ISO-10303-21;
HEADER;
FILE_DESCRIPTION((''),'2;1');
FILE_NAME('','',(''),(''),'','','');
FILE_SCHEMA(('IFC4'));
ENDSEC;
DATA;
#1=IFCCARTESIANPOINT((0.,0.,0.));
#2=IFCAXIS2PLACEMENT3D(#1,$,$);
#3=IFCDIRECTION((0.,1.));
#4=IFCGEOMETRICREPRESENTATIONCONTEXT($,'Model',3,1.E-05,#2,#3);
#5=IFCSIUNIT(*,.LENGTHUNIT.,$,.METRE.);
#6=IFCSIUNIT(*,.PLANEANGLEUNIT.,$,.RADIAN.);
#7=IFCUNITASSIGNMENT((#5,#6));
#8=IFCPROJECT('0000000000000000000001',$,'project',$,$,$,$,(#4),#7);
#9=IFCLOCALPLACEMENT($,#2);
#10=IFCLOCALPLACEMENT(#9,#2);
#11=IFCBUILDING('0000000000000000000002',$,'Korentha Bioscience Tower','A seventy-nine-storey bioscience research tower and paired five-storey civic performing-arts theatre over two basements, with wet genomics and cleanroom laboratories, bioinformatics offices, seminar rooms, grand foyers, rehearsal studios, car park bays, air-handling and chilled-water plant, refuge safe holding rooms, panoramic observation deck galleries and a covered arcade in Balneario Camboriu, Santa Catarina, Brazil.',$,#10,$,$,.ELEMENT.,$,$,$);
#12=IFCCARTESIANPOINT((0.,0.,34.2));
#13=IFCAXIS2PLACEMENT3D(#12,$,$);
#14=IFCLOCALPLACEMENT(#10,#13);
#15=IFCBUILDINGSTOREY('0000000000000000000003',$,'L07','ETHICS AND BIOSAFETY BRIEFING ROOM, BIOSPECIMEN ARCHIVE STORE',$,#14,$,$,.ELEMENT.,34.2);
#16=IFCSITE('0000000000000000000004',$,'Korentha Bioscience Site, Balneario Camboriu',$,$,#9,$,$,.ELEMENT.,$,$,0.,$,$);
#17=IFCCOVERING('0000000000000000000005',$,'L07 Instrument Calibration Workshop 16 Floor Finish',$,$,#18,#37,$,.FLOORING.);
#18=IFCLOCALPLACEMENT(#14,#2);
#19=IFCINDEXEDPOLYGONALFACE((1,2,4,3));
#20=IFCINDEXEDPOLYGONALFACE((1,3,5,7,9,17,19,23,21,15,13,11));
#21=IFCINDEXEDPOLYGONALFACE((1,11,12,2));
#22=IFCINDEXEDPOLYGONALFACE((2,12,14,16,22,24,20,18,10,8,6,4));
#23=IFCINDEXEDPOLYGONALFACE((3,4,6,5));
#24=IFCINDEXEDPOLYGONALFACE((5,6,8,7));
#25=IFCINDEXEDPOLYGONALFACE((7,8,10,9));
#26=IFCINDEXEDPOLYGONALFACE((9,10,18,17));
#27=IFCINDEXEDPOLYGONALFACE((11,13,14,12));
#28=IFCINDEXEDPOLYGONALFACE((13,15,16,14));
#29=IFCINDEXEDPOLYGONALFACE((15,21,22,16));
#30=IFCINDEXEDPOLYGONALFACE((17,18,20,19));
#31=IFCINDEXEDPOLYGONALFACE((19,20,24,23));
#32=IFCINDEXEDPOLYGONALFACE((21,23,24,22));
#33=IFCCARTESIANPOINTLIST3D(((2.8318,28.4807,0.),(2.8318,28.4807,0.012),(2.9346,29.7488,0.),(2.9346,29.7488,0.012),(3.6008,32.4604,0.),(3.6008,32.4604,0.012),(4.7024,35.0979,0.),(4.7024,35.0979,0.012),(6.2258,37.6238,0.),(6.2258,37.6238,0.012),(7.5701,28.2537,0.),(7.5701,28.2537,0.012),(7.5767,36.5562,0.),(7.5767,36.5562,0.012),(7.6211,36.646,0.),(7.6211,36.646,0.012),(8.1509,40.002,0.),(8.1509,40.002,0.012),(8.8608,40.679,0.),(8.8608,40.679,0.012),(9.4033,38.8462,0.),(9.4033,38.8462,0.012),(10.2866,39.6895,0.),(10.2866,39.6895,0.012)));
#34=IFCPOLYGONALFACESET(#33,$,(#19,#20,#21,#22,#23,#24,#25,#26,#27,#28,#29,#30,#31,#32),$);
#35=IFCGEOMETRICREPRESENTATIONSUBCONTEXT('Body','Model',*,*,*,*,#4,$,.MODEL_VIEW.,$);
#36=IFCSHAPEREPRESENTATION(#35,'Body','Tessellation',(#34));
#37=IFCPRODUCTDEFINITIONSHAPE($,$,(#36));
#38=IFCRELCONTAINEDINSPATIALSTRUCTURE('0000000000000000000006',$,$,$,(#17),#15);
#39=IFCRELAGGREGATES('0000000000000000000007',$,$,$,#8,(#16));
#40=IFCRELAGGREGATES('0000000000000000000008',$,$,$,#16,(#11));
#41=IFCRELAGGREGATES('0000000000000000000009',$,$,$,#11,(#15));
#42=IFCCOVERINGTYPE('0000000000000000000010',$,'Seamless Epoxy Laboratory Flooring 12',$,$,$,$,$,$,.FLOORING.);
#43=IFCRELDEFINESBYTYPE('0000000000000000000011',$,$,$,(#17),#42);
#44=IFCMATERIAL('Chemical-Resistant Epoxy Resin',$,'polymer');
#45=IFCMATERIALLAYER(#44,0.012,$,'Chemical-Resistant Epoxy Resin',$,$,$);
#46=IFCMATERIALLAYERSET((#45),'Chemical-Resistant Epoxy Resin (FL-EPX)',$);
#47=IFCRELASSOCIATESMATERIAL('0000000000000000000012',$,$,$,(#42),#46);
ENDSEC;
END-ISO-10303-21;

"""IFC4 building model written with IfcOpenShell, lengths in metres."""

from ifc_helpers import new_model, si_unit, direction, frame, origin, place, context, subcontext, project, spatial, polyline, outline, extrude, material, layer, layer_set, type_object, element, save


model = new_model("IFC4")

# Units and contexts
model_context = context("Model", 3, precision=1e-05, world=origin(), true_north=direction((0.0, 1.0)))
body_context = subcontext(model_context, "Body", "Model", "MODEL_VIEW")
ifc_project = project(units=[si_unit("LENGTHUNIT", "METRE"), si_unit("PLANEANGLEUNIT", "RADIAN")], contexts=[model_context])

# Site, building, storey
site_placement = place(None, origin())
site = spatial("IfcSite", under=ifc_project, at=site_placement, Name="Korentha Bioscience Site, Balneario Camboriu", CompositionType="ELEMENT", RefElevation=0.0)
building_placement = place(site_placement, origin())
building = spatial("IfcBuilding", under=site, at=building_placement, Name="Korentha Bioscience Tower", Description="A seventy-nine-storey bioscience research tower and paired five-storey civic performing-arts theatre over two basements, with wet genomics and cleanroom laboratories, bioinformatics offices, seminar rooms, grand foyers, rehearsal studios, car park bays, air-handling and chilled-water plant, refuge safe holding rooms, panoramic observation deck galleries and a covered arcade in Balneario Camboriu, Santa Catarina, Brazil.", CompositionType="ELEMENT")
storey_placement = place(building_placement, frame((0.0, 0.0, 34.2)))
storey = spatial("IfcBuildingStorey", under=building, at=storey_placement, Name="L07", Description="ETHICS AND BIOSAFETY BRIEFING ROOM, BIOSPECIMEN ARCHIVE STORE", CompositionType="ELEMENT", Elevation=34.2)

# Covering
ifc_material_1 = material(Name="Chemical-Resistant Epoxy Resin", Category="polymer")
ifc_layer_1 = layer(ifc_material_1, 0.012, Name="Chemical-Resistant Epoxy Resin")
ifc_layer_set_1 = layer_set([ifc_layer_1], Name="Chemical-Resistant Epoxy Resin (FL-EPX)")
covering_type_1 = type_object("IfcCoveringType", Name="Seamless Epoxy Laboratory Flooring 12", PredefinedType="FLOORING", material=ifc_layer_set_1)
covering_1_placement = place(storey_placement, origin())
element("IfcCovering", 1, at=covering_1_placement, inside=storey, type_object=covering_type_1, Name="L07 Instrument Calibration Workshop 16 Floor Finish", PredefinedType="FLOORING", context=body_context, shape_type="SweptSolid", body=[
    extrude(outline(polyline([(3.6008, 32.4604), (4.7024, 35.0979), (6.2258, 37.6238), (8.1509, 40.002), (8.8608, 40.679), (10.2866, 39.6895), (9.4033, 38.8462), (7.6211, 36.646), (7.5767, 36.5562), (7.5701, 28.2537), (2.8318, 28.4807), (2.9346, 29.7488), (3.6008, 32.4604)])), origin(), (0.0, 0.0, 1.0), 0.012),
])

save(model, "model.ifc")
